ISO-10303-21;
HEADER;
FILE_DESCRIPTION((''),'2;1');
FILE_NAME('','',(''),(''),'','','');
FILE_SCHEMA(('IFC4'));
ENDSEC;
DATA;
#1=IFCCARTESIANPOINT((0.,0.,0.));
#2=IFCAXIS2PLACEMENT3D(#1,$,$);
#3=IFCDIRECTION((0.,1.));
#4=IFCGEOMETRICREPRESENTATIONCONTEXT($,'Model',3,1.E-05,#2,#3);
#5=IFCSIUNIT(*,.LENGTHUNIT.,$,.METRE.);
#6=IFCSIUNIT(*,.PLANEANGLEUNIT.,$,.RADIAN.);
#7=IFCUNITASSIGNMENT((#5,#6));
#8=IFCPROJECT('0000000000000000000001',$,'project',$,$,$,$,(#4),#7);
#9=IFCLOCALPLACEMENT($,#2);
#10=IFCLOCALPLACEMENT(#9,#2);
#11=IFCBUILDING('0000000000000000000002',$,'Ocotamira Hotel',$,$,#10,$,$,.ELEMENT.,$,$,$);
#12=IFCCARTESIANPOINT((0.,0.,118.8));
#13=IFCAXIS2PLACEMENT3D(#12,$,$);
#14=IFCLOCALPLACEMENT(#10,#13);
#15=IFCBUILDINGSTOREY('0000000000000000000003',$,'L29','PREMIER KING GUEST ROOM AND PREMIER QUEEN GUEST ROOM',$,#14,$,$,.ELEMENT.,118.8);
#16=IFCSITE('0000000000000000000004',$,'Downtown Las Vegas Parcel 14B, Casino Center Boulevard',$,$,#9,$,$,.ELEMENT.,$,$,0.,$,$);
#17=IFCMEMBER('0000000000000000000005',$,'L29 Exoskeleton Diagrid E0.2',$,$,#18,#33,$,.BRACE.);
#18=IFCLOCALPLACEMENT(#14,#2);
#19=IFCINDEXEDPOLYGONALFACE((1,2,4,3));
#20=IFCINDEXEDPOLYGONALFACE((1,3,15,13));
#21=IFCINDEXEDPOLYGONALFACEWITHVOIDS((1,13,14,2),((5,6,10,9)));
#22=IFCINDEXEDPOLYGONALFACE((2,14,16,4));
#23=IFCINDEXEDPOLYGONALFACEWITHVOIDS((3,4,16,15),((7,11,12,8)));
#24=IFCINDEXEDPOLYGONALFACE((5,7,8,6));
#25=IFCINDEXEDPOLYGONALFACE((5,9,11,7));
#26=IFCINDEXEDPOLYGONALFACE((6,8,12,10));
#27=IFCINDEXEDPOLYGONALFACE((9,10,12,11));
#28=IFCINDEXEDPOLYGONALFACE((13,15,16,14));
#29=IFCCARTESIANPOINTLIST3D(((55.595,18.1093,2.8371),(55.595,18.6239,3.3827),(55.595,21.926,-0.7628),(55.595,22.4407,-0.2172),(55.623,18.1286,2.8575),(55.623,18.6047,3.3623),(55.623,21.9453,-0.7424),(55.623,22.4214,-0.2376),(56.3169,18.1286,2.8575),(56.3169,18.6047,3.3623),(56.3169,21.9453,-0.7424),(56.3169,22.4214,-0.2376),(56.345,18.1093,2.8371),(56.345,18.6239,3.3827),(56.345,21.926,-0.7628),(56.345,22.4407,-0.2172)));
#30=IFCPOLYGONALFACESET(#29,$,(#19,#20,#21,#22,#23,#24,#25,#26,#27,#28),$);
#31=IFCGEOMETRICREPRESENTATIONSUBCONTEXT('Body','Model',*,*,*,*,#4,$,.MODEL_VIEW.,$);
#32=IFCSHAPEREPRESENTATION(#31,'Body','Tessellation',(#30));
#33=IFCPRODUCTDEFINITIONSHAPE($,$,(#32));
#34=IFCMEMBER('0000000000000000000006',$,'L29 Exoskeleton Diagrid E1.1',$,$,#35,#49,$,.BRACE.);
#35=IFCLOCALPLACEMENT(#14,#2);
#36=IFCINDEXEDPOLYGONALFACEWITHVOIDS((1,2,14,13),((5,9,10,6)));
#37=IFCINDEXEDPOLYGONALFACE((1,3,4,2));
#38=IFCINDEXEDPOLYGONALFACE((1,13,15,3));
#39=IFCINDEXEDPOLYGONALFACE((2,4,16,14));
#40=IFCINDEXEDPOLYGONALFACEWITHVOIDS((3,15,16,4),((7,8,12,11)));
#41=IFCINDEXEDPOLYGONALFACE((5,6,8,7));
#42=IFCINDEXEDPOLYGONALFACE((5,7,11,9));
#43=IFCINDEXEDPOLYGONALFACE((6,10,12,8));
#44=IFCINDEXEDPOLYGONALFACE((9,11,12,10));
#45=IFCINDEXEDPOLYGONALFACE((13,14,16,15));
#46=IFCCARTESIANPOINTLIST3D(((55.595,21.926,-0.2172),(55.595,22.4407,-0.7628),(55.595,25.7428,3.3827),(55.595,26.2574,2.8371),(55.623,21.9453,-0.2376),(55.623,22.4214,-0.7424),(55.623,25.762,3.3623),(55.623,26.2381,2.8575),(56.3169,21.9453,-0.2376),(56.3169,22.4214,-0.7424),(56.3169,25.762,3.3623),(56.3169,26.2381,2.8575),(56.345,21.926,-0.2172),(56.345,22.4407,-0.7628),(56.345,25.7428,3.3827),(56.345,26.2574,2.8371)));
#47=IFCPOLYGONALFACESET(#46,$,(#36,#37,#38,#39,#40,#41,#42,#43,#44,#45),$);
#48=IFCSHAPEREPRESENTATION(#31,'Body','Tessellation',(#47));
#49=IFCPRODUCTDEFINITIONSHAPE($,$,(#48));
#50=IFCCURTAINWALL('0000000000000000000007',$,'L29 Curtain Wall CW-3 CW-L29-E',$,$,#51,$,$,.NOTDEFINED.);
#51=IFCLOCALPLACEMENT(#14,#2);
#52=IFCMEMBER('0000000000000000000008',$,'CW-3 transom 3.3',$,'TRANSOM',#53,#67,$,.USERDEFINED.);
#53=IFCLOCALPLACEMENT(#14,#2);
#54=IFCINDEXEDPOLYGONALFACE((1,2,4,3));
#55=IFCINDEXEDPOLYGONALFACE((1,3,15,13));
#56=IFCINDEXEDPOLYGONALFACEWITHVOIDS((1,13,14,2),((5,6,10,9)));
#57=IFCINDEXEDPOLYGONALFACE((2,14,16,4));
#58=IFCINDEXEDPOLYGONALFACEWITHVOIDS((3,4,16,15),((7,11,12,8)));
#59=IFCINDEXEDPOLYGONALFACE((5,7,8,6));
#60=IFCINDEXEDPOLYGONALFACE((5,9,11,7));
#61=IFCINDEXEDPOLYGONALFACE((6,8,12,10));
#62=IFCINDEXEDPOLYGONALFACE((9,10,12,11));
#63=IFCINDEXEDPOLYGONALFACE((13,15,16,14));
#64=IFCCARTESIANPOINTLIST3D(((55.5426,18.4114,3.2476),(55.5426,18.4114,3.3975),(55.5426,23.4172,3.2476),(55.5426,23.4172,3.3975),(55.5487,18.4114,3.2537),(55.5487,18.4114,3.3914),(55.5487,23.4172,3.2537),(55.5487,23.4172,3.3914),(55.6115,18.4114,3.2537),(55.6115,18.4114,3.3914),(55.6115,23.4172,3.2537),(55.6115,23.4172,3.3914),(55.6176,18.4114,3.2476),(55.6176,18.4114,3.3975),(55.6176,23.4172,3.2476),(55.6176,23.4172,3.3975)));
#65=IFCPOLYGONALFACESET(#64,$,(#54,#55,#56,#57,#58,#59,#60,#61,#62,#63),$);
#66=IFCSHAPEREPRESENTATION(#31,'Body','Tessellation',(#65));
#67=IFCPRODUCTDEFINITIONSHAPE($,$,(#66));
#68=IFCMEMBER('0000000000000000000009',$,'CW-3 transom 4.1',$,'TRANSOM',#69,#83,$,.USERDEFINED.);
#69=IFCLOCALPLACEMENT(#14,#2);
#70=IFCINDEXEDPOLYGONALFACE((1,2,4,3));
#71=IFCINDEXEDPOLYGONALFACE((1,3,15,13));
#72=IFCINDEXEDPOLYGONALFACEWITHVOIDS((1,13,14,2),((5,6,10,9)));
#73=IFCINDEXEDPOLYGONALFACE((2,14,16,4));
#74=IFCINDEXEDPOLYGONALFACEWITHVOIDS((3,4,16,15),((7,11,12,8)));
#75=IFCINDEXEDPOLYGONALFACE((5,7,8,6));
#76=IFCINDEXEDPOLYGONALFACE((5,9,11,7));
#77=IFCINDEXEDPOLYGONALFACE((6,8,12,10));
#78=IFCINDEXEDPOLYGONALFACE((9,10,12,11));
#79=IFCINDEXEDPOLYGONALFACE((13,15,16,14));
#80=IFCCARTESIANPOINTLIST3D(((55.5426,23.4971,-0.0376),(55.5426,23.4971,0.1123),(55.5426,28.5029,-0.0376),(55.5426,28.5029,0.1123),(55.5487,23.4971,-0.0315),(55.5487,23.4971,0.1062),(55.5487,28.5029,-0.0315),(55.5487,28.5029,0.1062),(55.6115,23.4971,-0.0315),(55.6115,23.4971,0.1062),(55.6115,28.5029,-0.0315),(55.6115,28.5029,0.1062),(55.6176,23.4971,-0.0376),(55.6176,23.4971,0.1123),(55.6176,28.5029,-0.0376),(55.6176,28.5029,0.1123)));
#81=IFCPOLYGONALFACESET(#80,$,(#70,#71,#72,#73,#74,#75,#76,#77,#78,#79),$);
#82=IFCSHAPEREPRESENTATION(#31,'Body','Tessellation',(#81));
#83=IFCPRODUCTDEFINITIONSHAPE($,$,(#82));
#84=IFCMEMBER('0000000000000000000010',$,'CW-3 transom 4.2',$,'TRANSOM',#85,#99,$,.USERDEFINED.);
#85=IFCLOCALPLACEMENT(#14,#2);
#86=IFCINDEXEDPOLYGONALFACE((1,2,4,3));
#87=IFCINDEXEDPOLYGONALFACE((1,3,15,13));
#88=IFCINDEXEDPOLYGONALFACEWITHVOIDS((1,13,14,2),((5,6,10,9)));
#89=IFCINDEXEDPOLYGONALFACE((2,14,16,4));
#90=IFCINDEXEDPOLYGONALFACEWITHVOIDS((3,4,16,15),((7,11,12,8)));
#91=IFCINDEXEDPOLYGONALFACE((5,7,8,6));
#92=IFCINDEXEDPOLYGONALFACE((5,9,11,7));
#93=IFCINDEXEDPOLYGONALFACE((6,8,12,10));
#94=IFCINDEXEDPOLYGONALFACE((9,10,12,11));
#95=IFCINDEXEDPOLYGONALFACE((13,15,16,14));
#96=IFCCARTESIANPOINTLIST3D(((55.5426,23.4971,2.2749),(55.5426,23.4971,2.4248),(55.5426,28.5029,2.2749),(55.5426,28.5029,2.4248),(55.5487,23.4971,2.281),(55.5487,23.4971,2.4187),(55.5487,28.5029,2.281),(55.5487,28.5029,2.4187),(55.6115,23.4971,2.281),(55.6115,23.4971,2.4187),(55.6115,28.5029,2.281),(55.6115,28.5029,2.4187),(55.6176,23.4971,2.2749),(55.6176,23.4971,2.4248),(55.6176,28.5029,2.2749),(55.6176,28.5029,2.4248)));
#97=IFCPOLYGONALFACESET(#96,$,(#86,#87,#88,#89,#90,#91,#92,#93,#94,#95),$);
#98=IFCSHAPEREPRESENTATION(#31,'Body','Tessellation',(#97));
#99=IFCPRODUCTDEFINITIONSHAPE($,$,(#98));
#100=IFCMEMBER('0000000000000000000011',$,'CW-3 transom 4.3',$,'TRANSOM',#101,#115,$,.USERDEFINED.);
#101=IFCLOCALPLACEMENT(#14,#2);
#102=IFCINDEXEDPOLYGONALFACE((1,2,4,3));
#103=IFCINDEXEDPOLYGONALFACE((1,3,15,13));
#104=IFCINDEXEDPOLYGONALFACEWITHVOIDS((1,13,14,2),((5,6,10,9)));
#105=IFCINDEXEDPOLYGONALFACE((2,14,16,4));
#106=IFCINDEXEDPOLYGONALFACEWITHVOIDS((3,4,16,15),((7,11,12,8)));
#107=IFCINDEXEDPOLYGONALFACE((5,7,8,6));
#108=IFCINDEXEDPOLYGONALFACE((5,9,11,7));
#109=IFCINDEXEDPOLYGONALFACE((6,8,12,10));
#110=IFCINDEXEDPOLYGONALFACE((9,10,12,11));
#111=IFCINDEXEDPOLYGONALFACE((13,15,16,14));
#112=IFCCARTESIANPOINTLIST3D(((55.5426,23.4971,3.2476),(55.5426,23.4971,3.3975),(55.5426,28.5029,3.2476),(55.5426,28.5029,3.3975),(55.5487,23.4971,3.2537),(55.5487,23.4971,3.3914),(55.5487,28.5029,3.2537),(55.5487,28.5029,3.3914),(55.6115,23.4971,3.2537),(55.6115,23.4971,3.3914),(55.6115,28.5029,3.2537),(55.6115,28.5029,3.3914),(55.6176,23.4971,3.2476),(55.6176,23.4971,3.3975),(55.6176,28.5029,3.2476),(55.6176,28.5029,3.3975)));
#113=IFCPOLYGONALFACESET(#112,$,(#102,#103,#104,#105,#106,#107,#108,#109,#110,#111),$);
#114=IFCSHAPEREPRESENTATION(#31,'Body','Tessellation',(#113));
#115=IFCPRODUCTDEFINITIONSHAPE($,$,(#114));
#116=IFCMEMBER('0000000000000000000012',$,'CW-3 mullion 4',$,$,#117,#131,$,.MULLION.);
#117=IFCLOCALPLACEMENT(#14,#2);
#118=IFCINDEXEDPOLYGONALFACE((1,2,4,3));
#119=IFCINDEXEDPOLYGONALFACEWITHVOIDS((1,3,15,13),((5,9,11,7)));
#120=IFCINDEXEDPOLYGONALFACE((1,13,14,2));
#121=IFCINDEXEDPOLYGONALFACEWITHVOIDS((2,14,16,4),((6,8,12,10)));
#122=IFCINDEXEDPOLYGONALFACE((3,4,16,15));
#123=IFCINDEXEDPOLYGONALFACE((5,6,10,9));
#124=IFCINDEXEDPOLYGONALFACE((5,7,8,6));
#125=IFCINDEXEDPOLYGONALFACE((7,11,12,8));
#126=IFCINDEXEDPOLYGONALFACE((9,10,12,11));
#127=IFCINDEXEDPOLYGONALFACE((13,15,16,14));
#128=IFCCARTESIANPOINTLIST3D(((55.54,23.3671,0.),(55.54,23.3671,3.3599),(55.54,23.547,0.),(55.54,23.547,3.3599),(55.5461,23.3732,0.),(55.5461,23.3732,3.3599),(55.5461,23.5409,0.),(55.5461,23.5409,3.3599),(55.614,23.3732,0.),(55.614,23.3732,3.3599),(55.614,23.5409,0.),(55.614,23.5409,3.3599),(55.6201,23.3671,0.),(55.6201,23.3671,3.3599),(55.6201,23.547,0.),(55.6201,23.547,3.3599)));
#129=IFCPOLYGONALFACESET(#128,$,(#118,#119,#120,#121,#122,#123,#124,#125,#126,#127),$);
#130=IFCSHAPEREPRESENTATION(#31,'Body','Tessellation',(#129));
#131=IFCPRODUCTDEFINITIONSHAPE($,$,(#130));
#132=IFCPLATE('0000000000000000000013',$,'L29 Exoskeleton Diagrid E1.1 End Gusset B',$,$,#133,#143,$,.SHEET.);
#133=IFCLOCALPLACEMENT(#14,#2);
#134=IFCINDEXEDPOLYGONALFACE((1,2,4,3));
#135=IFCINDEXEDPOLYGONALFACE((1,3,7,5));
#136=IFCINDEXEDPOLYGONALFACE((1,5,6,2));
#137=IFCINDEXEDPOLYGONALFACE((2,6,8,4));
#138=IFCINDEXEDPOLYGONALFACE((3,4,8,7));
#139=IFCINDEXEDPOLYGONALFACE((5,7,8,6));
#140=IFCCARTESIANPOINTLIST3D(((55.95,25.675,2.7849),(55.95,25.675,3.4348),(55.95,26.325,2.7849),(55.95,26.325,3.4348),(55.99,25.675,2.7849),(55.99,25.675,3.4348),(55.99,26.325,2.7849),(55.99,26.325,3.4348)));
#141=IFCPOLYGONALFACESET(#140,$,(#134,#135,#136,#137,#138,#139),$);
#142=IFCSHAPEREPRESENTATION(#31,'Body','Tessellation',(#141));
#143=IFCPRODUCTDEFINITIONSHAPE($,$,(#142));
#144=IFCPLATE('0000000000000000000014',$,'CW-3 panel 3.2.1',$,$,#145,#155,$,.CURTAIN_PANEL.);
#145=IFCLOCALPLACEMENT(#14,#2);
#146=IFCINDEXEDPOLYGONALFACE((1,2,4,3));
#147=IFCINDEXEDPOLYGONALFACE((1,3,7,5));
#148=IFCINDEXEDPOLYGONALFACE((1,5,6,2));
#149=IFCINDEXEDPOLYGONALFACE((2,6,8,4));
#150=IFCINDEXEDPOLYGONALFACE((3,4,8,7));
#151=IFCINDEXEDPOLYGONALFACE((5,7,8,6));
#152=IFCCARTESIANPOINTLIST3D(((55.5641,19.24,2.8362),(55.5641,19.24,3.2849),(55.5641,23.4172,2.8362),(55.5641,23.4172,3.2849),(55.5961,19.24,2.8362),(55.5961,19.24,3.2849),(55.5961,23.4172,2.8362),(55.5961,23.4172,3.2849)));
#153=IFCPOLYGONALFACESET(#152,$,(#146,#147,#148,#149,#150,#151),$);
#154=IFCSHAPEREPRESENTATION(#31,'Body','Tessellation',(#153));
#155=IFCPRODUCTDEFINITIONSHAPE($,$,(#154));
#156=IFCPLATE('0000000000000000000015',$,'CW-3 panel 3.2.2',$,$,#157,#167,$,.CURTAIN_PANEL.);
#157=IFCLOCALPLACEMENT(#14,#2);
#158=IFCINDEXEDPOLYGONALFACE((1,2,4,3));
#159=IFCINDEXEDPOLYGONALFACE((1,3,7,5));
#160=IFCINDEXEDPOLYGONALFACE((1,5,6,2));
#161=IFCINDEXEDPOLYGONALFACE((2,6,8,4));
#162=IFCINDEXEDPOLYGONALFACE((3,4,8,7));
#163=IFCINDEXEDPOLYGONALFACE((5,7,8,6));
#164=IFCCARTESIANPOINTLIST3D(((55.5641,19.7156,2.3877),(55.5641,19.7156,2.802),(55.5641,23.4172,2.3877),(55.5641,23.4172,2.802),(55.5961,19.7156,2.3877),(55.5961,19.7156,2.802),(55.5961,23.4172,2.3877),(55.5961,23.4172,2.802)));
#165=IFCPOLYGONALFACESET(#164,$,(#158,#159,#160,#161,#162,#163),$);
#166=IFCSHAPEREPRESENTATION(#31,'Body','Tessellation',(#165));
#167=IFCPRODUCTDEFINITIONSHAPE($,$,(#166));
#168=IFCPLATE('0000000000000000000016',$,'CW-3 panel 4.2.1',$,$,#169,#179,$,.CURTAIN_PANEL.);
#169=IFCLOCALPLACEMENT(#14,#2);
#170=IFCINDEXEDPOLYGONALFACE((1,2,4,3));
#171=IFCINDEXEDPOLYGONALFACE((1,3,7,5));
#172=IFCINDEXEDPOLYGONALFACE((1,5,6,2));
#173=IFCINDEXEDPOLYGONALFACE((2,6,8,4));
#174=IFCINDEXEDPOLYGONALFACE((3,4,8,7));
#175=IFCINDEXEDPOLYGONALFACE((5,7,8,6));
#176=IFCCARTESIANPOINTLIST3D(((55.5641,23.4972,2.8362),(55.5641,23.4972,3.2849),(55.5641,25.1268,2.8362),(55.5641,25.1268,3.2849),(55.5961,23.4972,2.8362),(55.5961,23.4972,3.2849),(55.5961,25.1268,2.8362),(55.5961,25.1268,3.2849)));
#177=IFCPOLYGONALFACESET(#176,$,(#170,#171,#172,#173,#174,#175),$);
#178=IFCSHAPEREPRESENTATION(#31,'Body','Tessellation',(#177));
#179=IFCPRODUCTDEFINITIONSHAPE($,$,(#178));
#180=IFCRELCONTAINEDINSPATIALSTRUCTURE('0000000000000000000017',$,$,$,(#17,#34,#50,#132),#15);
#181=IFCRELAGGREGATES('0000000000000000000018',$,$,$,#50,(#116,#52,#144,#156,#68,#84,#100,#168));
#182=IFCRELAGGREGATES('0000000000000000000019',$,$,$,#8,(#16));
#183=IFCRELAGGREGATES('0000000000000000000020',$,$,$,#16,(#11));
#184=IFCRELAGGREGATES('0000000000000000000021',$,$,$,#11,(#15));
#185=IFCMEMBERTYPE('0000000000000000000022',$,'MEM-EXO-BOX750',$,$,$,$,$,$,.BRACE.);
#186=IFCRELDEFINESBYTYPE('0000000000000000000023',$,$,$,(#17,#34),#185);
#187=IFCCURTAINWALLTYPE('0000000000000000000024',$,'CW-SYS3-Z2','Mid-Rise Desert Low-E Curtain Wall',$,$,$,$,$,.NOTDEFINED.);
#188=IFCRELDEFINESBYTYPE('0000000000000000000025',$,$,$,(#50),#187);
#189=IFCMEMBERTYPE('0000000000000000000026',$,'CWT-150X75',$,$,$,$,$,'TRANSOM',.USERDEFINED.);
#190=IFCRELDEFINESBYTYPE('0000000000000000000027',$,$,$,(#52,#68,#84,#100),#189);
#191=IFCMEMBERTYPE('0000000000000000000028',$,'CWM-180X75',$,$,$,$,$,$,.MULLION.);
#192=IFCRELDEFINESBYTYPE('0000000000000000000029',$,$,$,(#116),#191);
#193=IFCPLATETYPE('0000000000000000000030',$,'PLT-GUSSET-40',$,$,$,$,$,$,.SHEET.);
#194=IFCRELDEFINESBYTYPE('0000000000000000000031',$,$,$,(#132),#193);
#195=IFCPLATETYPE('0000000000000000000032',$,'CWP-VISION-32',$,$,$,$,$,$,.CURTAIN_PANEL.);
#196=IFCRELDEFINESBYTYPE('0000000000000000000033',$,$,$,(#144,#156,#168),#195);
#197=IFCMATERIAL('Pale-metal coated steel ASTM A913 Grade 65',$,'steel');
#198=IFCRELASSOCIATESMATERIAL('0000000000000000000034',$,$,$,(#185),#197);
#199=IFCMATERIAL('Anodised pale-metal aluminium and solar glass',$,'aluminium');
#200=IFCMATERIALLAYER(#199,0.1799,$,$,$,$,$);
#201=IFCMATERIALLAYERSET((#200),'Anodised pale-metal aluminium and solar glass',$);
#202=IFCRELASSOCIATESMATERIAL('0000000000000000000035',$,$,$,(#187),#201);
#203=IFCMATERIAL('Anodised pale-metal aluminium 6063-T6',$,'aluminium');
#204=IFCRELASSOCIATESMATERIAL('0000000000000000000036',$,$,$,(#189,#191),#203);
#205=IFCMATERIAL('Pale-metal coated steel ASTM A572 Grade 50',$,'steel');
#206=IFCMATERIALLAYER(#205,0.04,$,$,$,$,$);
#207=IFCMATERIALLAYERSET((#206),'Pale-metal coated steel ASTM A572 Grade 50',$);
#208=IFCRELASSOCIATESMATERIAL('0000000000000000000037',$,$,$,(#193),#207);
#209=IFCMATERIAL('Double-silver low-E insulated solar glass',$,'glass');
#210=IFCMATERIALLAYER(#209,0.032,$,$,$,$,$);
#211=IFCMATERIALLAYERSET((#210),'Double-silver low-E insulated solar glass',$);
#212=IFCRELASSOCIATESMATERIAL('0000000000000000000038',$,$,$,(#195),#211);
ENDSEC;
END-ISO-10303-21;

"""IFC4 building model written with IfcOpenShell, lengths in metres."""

from ifc_helpers import new_model, si_unit, direction, frame, origin, origin_2d, place, context, subcontext, project, spatial, rectangle, hollow_rectangle, extrude, source, transform, mapped, material, layer, layer_set, material_profile, profile_set, type_object, element, aggregate, save


model = new_model("IFC4")

# Units and contexts
model_context = context("Model", 3, precision=1e-05, world=origin(), true_north=direction((0.0, 1.0)))
body_context = subcontext(model_context, "Body", "Model", "MODEL_VIEW")
ifc_project = project(units=[si_unit("LENGTHUNIT", "METRE"), si_unit("PLANEANGLEUNIT", "RADIAN")], contexts=[model_context])

# Site, building, storey
site_placement = place(None, origin())
site = spatial("IfcSite", under=ifc_project, at=site_placement, Name="Downtown Las Vegas Parcel 14B, Casino Center Boulevard", CompositionType="ELEMENT", RefElevation=0.0)
building_placement = place(site_placement, origin())
building = spatial("IfcBuilding", under=site, at=building_placement, Name="Ocotamira Hotel", CompositionType="ELEMENT")
storey_placement = place(building_placement, frame((0.0, 0.0, 118.8)))
storey = spatial("IfcBuildingStorey", under=building, at=storey_placement, Name="L29", Description="PREMIER KING GUEST ROOM AND PREMIER QUEEN GUEST ROOM", CompositionType="ELEMENT", Elevation=118.8)

# Members
ifc_material_1 = material(Name="Pale-metal coated steel ASTM A913 Grade 65", Category="steel")
ifc_material_profile_1 = material_profile(ifc_material_1, hollow_rectangle(XDim=0.75, YDim=0.75, WallThickness=0.0281, at=origin_2d()), Name="BOX750X750X28")
ifc_profile_set_1 = profile_set([ifc_material_profile_1], Name="Pale-metal coated steel ASTM A913 Grade 65")
member_type_1 = type_object("IfcMemberType", Name="MEM-EXO-BOX750", PredefinedType="BRACE", material=ifc_profile_set_1)
shared_shape_1 = source(origin(), body_context, "Body", "SweptSolid", [
    extrude(hollow_rectangle(XDim=0.75, YDim=0.75, WallThickness=0.0281, at=origin_2d()), origin(), (0.0, 0.0, 1.0), 5.2466),
])
for number, where, z_axis, x_axis, name in (
    (1, (55.97, 22.1833, -0.49), (0.0, -0.727466, 0.686144), (1.0, 0.0, 0.0), "L29 Exoskeleton Diagrid E0.2"),
    (2, (55.97, 22.1833, -0.49), (0.0, 0.727466, 0.686144), (-1.0, 0.0, 0.0), "L29 Exoskeleton Diagrid E1.1"),
):
    element("IfcMember", number, at=place(storey_placement, frame(where, z_axis=z_axis, x_axis=x_axis)), inside=storey, type_object=member_type_1, Name=name, PredefinedType="BRACE", context=body_context, shape_type="MappedRepresentation", body=[
        mapped(shared_shape_1, transform((0.0, 0.0, 0.0), scale=1.0)),
    ])

# Curtain wall, members
ifc_material_2 = material(Name="Anodised pale-metal aluminium and solar glass", Category="aluminium")
ifc_layer_1 = layer(ifc_material_2, 0.1799)
ifc_layer_set_1 = layer_set([ifc_layer_1], Name="Anodised pale-metal aluminium and solar glass")
curtain_wall_type = type_object("IfcCurtainWallType", Name="CW-SYS3-Z2", Description="Mid-Rise Desert Low-E Curtain Wall", PredefinedType="NOTDEFINED", material=ifc_layer_set_1)
curtain_wall_placement = place(storey_placement, origin())
curtain_wall = element("IfcCurtainWall", 3, at=curtain_wall_placement, inside=storey, type_object=curtain_wall_type, Name="L29 Curtain Wall CW-3 CW-L29-E", PredefinedType="NOTDEFINED")
ifc_material_3 = material(Name="Anodised pale-metal aluminium 6063-T6", Category="aluminium")
ifc_material_profile_2 = material_profile(ifc_material_3, hollow_rectangle(XDim=0.075, YDim=0.1499, WallThickness=0.0061, at=origin_2d()), Name="HSS150X75X6")
ifc_profile_set_2 = profile_set([ifc_material_profile_2], Name="Anodised pale-metal aluminium 6063-T6")
member_type_2 = type_object("IfcMemberType", Name="CWT-150X75", ElementType="TRANSOM", PredefinedType="USERDEFINED", material=ifc_profile_set_2)
shared_shape_2 = source(origin(), body_context, "Body", "SweptSolid", [
    extrude(hollow_rectangle(XDim=0.075, YDim=0.1499, WallThickness=0.0061, at=origin_2d()), origin(), (0.0, 0.0, 1.0), 5.0059),
])
member_1_placement = place(storey_placement, frame((55.5801, 18.4114, 3.3225), z_axis=(0.0, 1.0, 0.0), x_axis=(-1.0, 0.0, 0.0)))
member_1 = element("IfcMember", 4, at=member_1_placement, type_object=member_type_2, Name="CW-3 transom 3.3", ObjectType="TRANSOM", PredefinedType="USERDEFINED", context=body_context, shape_type="MappedRepresentation", body=[
    mapped(shared_shape_2, transform((0.0, 0.0, 0.0), scale=1.0)),
])
member_2_placement = place(storey_placement, frame((55.5801, 23.4971, 0.0374), z_axis=(0.0, 1.0, 0.0), x_axis=(-1.0, 0.0, 0.0)))
member_2 = element("IfcMember", 5, at=member_2_placement, type_object=member_type_2, Name="CW-3 transom 4.1", ObjectType="TRANSOM", PredefinedType="USERDEFINED", context=body_context, shape_type="MappedRepresentation", body=[
    mapped(shared_shape_2, transform((0.0, 0.0, 0.0), scale=1.0)),
])
member_3_placement = place(storey_placement, frame((55.5801, 23.4971, 2.3499), z_axis=(0.0, 1.0, 0.0), x_axis=(-1.0, 0.0, 0.0)))
member_3 = element("IfcMember", 6, at=member_3_placement, type_object=member_type_2, Name="CW-3 transom 4.2", ObjectType="TRANSOM", PredefinedType="USERDEFINED", context=body_context, shape_type="MappedRepresentation", body=[
    mapped(shared_shape_2, transform((0.0, 0.0, 0.0), scale=1.0)),
])
member_4_placement = place(storey_placement, frame((55.5801, 23.4971, 3.3225), z_axis=(0.0, 1.0, 0.0), x_axis=(-1.0, 0.0, 0.0)))
member_4 = element("IfcMember", 7, at=member_4_placement, type_object=member_type_2, Name="CW-3 transom 4.3", ObjectType="TRANSOM", PredefinedType="USERDEFINED", context=body_context, shape_type="MappedRepresentation", body=[
    mapped(shared_shape_2, transform((0.0, 0.0, 0.0), scale=1.0)),
])
ifc_material_profile_3 = material_profile(ifc_material_3, hollow_rectangle(XDim=0.0801, YDim=0.1799, WallThickness=0.0061, at=origin_2d()), Name="HSS180X80X6")
ifc_profile_set_3 = profile_set([ifc_material_profile_3], Name="Anodised pale-metal aluminium 6063-T6")
member_type_3 = type_object("IfcMemberType", Name="CWM-180X75", PredefinedType="MULLION", material=ifc_profile_set_3)
shared_shape_3 = source(origin(), body_context, "Body", "SweptSolid", [
    extrude(hollow_rectangle(XDim=0.0801, YDim=0.1799, WallThickness=0.0061, at=origin_2d()), origin(), (0.0, 0.0, 1.0), 3.3599),
])
member_5_placement = place(storey_placement, frame((55.5801, 23.457, 0.0), z_axis=(0.0, 0.0, 1.0), x_axis=(-1.0, 0.0, 0.0)))
member_5 = element("IfcMember", 8, at=member_5_placement, type_object=member_type_3, Name="CW-3 mullion 4", PredefinedType="MULLION", context=body_context, shape_type="MappedRepresentation", body=[
    mapped(shared_shape_3, transform((0.0, 0.0, 0.0), scale=1.0)),
])

# Plates
ifc_material_4 = material(Name="Pale-metal coated steel ASTM A572 Grade 50", Category="steel")
ifc_layer_2 = layer(ifc_material_4, 0.04)
ifc_layer_set_2 = layer_set([ifc_layer_2], Name="Pale-metal coated steel ASTM A572 Grade 50")
plate_type_1 = type_object("IfcPlateType", Name="PLT-GUSSET-40", PredefinedType="SHEET", material=ifc_layer_set_2)
shared_shape_4 = source(origin(), body_context, "Body", "SweptSolid", [
    extrude(rectangle(XDim=0.04, YDim=0.6499, at=origin_2d()), origin(), (0.0, 0.0, 1.0), 0.6499),
])
plate_1_placement = place(storey_placement, frame((55.97, 26.0, 2.7849), z_axis=(0.0, 0.0, 1.0), x_axis=(1.0, 0.0, 0.0)))
element("IfcPlate", 9, at=plate_1_placement, inside=storey, type_object=plate_type_1, Name="L29 Exoskeleton Diagrid E1.1 End Gusset B", PredefinedType="SHEET", context=body_context, shape_type="MappedRepresentation", body=[
    mapped(shared_shape_4, transform((0.0, 0.0, 0.0), scale=1.0)),
])
ifc_material_5 = material(Name="Double-silver low-E insulated solar glass", Category="glass")
ifc_layer_3 = layer(ifc_material_5, 0.032)
ifc_layer_set_3 = layer_set([ifc_layer_3], Name="Double-silver low-E insulated solar glass")
plate_type_2 = type_object("IfcPlateType", Name="CWP-VISION-32", PredefinedType="CURTAIN_PANEL", material=ifc_layer_set_3)
shared_shape_5 = source(origin(), body_context, "Body", "SweptSolid", [
    extrude(rectangle(XDim=4.1772, YDim=0.032, at=origin_2d()), origin(), (0.0, 0.0, 1.0), 0.4487),
])
plate_2_placement = place(storey_placement, frame((55.5801, 21.3286, 2.8362), z_axis=(0.0, 0.0, 1.0), x_axis=(0.0, 1.0, 0.0)))
plate_2 = element("IfcPlate", 10, at=plate_2_placement, type_object=plate_type_2, Name="CW-3 panel 3.2.1", PredefinedType="CURTAIN_PANEL", context=body_context, shape_type="MappedRepresentation", body=[
    mapped(shared_shape_5, transform((0.0, 0.0, 0.0), scale=1.0)),
])
shared_shape_6 = source(origin(), body_context, "Body", "SweptSolid", [
    extrude(rectangle(XDim=3.7017, YDim=0.032, at=origin_2d()), origin(), (0.0, 0.0, 1.0), 0.4143),
])
plate_3_placement = place(storey_placement, frame((55.5801, 21.5664, 2.3877), z_axis=(0.0, 0.0, 1.0), x_axis=(0.0, 1.0, 0.0)))
plate_3 = element("IfcPlate", 11, at=plate_3_placement, type_object=plate_type_2, Name="CW-3 panel 3.2.2", PredefinedType="CURTAIN_PANEL", context=body_context, shape_type="MappedRepresentation", body=[
    mapped(shared_shape_6, transform((0.0, 0.0, 0.0), scale=1.0)),
])
shared_shape_7 = source(origin(), body_context, "Body", "SweptSolid", [
    extrude(rectangle(XDim=1.6296, YDim=0.032, at=origin_2d()), origin(), (0.0, 0.0, 1.0), 0.4487),
])
plate_4_placement = place(storey_placement, frame((55.5801, 24.312, 2.8362), z_axis=(0.0, 0.0, 1.0), x_axis=(0.0, 1.0, 0.0)))
plate_4 = element("IfcPlate", 12, at=plate_4_placement, type_object=plate_type_2, Name="CW-3 panel 4.2.1", PredefinedType="CURTAIN_PANEL", context=body_context, shape_type="MappedRepresentation", body=[
    mapped(shared_shape_7, transform((0.0, 0.0, 0.0), scale=1.0)),
])
aggregate(curtain_wall, [member_5, member_1, plate_2, plate_3, member_2, member_3, member_4, plate_4])

save(model, "model.ifc")
